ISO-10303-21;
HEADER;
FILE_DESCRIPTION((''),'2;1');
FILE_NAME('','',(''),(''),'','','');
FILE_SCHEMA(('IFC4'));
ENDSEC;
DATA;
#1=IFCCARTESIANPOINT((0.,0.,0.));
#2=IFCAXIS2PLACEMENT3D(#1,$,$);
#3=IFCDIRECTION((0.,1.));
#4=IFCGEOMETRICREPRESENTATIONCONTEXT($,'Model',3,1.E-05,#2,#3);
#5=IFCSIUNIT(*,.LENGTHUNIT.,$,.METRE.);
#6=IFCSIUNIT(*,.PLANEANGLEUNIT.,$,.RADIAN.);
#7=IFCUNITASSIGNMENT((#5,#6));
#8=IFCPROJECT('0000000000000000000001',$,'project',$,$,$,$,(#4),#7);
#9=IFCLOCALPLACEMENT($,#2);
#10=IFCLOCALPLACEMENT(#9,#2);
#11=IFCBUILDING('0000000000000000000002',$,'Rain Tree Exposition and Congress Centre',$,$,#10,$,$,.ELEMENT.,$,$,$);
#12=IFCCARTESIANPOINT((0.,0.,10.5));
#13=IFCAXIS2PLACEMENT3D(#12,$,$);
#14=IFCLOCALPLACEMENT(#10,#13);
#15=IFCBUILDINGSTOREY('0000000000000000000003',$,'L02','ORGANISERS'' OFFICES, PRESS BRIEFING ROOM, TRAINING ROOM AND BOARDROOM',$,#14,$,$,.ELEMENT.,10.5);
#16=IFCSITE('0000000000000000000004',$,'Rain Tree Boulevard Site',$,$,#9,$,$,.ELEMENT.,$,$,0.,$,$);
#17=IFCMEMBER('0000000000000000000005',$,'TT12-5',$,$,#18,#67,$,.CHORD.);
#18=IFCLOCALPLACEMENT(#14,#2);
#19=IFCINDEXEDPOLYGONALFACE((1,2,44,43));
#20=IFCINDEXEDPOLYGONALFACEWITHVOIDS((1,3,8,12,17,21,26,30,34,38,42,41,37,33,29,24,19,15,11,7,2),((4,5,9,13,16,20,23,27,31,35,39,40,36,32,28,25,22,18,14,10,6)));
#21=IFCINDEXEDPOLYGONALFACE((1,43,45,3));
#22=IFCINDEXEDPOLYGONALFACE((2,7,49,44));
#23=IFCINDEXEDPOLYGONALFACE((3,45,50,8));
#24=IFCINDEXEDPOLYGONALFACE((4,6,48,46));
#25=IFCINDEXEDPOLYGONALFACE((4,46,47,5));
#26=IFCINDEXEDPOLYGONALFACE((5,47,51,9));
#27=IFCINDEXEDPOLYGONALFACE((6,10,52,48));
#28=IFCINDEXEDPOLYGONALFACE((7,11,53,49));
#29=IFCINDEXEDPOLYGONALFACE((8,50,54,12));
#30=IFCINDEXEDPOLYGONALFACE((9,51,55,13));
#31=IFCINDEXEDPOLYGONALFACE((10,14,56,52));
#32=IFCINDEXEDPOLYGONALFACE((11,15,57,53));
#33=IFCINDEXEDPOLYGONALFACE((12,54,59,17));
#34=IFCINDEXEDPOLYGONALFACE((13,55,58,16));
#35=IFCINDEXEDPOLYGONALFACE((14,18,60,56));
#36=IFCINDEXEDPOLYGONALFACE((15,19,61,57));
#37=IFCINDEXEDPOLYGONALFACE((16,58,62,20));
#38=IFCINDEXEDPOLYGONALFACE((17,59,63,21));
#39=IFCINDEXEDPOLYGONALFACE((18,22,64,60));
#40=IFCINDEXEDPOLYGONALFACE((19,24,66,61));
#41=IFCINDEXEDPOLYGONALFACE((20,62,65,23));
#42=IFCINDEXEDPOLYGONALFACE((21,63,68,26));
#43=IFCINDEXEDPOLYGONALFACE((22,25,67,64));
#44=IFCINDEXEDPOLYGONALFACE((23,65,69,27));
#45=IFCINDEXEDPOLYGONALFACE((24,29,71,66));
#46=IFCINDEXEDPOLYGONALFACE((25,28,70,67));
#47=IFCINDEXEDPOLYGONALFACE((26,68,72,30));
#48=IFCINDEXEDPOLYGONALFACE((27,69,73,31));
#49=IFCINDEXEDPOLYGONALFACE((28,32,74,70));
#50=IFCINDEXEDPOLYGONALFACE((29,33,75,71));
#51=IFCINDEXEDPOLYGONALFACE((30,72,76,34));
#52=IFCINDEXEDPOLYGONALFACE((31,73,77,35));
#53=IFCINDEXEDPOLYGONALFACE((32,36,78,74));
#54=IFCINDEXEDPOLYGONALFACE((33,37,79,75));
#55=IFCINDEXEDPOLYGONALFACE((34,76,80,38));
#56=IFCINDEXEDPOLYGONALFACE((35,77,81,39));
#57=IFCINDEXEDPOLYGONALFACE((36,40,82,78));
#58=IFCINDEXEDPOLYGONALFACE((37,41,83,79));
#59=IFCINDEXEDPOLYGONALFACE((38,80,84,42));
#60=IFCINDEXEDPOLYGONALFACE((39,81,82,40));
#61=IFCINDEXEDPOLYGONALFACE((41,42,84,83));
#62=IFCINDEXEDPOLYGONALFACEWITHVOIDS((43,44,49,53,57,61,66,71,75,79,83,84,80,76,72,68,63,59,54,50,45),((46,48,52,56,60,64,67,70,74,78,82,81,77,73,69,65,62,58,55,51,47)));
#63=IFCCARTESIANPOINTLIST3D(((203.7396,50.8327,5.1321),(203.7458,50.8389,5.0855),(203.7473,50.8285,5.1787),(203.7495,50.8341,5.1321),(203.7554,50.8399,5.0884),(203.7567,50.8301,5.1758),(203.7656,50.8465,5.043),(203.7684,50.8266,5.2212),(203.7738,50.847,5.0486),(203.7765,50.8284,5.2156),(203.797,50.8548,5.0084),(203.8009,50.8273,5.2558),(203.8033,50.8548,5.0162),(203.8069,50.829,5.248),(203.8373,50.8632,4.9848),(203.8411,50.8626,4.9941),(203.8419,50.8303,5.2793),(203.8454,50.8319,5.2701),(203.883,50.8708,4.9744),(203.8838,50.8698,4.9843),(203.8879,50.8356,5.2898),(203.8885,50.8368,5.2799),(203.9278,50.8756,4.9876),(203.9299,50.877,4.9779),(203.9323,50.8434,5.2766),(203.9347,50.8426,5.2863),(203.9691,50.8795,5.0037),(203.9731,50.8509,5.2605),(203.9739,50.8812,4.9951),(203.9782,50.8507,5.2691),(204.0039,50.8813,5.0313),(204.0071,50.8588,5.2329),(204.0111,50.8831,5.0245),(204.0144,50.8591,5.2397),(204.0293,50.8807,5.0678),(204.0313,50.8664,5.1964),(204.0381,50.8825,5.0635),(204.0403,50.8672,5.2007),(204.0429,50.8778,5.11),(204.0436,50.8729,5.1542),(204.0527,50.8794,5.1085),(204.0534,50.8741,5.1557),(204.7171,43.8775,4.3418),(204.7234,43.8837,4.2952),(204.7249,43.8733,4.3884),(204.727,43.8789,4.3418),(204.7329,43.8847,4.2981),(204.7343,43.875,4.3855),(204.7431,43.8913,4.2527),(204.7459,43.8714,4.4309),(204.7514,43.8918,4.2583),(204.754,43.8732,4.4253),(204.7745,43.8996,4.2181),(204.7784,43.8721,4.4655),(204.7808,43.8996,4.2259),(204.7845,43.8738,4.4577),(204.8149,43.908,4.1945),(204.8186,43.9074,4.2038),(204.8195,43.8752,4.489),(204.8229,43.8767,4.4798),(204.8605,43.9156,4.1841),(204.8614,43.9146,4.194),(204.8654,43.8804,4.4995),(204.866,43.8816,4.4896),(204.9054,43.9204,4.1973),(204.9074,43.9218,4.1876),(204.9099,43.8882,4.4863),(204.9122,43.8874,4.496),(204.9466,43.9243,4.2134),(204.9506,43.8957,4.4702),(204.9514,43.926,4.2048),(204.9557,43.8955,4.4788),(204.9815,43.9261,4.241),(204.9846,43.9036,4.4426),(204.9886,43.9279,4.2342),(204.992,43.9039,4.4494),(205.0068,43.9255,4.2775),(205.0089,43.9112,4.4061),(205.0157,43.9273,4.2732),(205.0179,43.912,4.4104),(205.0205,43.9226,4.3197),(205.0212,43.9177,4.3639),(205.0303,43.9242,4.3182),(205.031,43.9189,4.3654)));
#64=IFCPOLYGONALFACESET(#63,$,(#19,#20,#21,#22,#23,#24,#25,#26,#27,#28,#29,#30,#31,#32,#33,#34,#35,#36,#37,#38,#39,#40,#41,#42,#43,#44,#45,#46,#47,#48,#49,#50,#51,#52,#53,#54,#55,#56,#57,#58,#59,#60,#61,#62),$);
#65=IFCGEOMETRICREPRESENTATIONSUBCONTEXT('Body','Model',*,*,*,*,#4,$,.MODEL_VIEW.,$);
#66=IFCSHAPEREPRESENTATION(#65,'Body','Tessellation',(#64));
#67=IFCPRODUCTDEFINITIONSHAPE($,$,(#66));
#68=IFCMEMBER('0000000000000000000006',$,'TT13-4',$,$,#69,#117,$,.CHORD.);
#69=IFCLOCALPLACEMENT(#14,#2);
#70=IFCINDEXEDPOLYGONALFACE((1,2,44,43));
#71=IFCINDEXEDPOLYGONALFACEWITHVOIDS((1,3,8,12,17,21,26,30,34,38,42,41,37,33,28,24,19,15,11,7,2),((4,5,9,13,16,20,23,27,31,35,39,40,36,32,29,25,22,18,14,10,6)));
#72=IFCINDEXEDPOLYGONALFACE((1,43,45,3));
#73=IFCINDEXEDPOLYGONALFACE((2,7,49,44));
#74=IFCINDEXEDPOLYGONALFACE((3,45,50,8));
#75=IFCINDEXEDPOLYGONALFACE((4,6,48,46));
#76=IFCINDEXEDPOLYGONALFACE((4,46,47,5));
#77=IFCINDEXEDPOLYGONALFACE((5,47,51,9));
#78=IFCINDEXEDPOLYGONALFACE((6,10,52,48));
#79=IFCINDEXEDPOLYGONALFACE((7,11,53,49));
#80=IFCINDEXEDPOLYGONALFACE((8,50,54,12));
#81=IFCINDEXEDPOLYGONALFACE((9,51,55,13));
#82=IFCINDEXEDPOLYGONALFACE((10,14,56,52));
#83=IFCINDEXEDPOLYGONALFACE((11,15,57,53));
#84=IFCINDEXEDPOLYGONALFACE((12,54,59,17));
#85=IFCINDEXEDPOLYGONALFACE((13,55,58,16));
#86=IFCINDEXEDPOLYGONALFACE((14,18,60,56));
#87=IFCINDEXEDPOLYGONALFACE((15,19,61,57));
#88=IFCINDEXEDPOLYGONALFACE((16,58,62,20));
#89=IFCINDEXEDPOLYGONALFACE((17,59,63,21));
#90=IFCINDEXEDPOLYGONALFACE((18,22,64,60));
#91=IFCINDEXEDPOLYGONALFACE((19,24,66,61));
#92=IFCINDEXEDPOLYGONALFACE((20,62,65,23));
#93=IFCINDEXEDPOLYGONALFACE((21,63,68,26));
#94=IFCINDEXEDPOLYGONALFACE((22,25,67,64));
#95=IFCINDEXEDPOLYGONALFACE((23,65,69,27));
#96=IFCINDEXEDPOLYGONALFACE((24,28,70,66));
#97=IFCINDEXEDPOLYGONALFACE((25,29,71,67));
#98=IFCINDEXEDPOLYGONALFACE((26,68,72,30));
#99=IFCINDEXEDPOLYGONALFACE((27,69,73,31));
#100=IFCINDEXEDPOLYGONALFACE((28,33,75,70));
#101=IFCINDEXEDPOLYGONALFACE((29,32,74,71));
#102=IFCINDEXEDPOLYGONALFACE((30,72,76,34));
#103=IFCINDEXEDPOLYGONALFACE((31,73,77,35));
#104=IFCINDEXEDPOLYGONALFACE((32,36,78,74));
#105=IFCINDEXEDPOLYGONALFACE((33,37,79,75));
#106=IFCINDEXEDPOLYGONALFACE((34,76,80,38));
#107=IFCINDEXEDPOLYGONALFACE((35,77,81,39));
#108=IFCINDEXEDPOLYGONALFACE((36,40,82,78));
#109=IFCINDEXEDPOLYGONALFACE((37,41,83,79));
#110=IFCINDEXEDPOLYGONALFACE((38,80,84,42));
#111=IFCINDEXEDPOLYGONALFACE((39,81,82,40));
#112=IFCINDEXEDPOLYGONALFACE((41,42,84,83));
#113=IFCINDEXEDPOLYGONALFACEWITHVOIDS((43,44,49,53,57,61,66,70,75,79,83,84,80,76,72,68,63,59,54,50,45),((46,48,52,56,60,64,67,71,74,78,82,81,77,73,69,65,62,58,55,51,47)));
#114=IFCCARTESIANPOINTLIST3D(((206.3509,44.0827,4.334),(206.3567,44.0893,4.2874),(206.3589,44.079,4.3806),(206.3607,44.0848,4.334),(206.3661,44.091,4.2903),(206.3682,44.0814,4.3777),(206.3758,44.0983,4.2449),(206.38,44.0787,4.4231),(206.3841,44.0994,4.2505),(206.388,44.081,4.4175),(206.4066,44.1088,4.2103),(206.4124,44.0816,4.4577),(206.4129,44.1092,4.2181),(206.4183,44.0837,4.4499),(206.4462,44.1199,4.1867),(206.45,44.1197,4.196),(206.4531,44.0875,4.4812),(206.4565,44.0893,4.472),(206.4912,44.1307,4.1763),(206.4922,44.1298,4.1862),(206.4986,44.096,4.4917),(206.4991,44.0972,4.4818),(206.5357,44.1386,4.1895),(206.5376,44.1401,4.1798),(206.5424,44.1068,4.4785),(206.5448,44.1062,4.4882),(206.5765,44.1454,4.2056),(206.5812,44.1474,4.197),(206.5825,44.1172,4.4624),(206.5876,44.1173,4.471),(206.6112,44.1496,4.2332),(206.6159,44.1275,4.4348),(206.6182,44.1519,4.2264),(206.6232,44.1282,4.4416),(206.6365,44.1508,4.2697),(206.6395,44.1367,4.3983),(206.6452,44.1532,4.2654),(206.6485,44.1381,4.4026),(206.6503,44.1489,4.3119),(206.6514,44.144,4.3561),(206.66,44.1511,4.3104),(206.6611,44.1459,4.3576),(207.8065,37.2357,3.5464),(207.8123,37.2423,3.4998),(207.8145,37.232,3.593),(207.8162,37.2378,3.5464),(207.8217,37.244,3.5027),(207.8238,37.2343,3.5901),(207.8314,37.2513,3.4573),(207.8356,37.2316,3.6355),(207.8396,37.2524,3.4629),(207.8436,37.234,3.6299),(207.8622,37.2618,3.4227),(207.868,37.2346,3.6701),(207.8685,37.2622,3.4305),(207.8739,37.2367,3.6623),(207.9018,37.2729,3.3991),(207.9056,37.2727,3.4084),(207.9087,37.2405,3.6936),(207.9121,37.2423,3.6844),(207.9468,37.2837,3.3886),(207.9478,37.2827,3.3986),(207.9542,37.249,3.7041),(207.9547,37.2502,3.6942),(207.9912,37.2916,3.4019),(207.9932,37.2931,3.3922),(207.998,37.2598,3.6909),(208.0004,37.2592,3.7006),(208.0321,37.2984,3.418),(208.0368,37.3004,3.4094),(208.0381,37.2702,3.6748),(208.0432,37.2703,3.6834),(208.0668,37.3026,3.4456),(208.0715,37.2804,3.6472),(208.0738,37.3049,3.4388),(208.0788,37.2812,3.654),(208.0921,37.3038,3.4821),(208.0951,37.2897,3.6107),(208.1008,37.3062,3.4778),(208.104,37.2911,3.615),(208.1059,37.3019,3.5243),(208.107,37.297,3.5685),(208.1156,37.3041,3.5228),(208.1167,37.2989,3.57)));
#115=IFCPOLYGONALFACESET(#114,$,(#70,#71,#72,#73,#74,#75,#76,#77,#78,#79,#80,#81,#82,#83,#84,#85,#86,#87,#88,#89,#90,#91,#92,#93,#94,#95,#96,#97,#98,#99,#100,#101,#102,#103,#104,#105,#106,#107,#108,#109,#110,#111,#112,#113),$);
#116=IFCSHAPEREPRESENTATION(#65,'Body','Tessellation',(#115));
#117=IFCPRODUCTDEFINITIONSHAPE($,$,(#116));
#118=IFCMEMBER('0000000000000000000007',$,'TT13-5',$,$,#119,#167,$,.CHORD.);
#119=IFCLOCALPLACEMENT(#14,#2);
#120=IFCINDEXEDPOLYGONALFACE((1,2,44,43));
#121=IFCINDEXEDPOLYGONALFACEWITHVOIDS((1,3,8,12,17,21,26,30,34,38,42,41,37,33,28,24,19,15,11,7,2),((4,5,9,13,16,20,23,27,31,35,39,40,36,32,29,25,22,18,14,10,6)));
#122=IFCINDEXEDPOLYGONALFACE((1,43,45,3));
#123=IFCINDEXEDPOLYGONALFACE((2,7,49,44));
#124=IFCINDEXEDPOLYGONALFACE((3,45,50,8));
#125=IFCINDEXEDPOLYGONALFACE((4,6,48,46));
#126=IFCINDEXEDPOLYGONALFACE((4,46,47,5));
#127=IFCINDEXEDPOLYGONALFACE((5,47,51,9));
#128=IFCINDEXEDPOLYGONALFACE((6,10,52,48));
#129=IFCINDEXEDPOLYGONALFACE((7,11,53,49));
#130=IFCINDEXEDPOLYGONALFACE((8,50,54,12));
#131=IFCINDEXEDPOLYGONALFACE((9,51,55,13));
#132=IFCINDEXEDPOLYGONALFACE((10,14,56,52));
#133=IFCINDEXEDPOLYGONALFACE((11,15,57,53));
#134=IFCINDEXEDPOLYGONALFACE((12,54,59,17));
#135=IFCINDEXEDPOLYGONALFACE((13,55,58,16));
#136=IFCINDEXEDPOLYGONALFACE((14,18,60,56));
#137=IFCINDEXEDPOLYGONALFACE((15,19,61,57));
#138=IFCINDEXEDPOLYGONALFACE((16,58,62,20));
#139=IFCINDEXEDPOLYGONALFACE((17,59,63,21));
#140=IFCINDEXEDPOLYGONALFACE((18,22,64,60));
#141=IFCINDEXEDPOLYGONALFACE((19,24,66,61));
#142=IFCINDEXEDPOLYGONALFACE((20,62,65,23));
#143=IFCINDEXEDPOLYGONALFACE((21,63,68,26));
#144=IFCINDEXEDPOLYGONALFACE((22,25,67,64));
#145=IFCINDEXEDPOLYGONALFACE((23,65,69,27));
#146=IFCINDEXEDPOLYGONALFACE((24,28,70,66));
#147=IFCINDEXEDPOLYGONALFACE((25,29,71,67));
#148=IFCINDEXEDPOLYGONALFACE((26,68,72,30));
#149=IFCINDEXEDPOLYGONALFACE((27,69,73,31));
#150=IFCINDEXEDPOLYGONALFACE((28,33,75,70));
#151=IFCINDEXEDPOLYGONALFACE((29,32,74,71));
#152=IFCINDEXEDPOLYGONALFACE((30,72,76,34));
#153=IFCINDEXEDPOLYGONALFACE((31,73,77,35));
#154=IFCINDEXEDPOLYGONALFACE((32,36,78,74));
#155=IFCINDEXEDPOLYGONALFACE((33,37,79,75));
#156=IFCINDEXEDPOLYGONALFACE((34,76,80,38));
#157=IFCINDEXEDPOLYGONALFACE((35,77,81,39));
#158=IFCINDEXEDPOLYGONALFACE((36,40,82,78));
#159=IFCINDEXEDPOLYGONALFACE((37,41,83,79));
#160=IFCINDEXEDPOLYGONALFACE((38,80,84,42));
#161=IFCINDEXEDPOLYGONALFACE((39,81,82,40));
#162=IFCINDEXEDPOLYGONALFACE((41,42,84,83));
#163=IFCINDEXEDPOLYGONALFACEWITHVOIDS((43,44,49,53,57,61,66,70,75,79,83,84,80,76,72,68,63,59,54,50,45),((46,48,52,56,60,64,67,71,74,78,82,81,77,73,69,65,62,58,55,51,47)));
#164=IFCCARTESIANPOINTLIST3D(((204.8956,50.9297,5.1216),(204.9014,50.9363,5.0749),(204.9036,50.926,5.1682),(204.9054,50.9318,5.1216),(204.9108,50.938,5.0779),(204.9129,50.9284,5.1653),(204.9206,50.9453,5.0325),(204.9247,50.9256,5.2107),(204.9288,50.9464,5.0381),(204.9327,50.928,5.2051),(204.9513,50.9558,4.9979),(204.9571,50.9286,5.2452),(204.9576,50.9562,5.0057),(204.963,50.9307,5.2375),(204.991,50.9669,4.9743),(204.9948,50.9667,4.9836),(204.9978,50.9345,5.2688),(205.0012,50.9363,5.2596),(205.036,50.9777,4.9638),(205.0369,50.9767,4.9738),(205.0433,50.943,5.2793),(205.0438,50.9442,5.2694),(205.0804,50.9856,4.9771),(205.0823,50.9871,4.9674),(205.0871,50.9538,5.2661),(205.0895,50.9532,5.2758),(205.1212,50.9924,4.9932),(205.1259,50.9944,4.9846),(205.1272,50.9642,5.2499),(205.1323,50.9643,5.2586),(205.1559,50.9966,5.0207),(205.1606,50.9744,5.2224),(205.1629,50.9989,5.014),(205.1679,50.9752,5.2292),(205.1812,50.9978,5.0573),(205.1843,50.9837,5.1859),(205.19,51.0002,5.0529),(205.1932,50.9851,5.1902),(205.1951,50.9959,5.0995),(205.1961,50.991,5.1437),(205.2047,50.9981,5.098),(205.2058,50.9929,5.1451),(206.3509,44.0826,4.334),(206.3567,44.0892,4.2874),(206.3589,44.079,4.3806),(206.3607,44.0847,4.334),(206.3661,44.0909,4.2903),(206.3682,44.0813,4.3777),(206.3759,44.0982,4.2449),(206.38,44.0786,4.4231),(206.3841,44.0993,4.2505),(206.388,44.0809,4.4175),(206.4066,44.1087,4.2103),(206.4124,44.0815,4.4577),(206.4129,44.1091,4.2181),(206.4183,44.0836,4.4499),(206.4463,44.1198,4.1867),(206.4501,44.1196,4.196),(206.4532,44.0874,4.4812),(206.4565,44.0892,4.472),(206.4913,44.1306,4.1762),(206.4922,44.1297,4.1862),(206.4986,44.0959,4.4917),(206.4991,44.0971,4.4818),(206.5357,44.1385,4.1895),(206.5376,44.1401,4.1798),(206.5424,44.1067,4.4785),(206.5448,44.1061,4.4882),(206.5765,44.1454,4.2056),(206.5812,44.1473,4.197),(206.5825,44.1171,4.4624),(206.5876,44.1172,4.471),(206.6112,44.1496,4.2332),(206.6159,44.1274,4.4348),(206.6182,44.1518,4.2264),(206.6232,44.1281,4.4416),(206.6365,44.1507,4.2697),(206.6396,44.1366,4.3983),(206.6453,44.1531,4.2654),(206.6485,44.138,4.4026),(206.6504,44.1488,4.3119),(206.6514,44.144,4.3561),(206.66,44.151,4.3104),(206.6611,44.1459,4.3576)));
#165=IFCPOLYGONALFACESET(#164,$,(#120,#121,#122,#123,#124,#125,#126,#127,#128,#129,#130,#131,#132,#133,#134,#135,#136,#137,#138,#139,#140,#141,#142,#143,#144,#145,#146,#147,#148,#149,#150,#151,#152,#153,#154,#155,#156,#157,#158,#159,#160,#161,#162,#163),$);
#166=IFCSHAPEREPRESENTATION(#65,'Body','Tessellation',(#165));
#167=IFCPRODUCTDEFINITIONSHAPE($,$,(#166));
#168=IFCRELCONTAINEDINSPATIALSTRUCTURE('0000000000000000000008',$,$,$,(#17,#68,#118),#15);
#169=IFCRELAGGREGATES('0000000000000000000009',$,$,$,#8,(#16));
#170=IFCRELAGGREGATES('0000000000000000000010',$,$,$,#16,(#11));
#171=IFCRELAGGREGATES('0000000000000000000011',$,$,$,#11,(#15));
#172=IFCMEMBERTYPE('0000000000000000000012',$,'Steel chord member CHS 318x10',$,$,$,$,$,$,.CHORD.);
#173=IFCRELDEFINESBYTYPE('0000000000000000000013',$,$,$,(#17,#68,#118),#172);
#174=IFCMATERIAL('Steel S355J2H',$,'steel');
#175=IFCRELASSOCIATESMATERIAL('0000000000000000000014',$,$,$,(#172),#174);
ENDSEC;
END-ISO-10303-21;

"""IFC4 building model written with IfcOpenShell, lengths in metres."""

from ifc_helpers import new_model, si_unit, direction, frame, origin, origin_2d, place, context, subcontext, project, spatial, hollow_circle, extrude, material, material_profile, profile_set, type_object, element, save


model = new_model("IFC4")

# Units and contexts
model_context = context("Model", 3, precision=1e-05, world=origin(), true_north=direction((0.0, 1.0)))
body_context = subcontext(model_context, "Body", "Model", "MODEL_VIEW")
ifc_project = project(units=[si_unit("LENGTHUNIT", "METRE"), si_unit("PLANEANGLEUNIT", "RADIAN")], contexts=[model_context])

# Site, building, storey
site_placement = place(None, origin())
site = spatial("IfcSite", under=ifc_project, at=site_placement, Name="Rain Tree Boulevard Site", CompositionType="ELEMENT", RefElevation=0.0)
building_placement = place(site_placement, origin())
building = spatial("IfcBuilding", under=site, at=building_placement, Name="Rain Tree Exposition and Congress Centre", CompositionType="ELEMENT")
storey_placement = place(building_placement, frame((0.0, 0.0, 10.5)))
storey = spatial("IfcBuildingStorey", under=building, at=storey_placement, Name="L02", Description="ORGANISERS' OFFICES, PRESS BRIEFING ROOM, TRAINING ROOM AND BOARDROOM", CompositionType="ELEMENT", Elevation=10.5)

# Members
ifc_material_1 = material(Name="Steel S355J2H", Category="steel")
ifc_material_profile_1 = material_profile(ifc_material_1, hollow_circle(Radius=0.1592, WallThickness=0.01, at=origin_2d()), Name="CHS 318x10")
ifc_profile_set_1 = profile_set([ifc_material_profile_1], Name="Steel S355J2H")
member_type_1 = type_object("IfcMemberType", Name="Steel chord member CHS 318x10", PredefinedType="CHORD", material=ifc_profile_set_1)
for number, where, z_axis, x_axis, name in (
    (1, (204.8748, 43.8997, 4.3418), (-0.13831, 0.984057, 0.111815), (-0.990267, -0.139182, 0.0), "TT12-5"),
):
    element("IfcMember", number, at=place(storey_placement, frame(where, z_axis=z_axis, x_axis=x_axis)), inside=storey, type_object=member_type_1, Name=name, PredefinedType="CHORD", context=body_context, shape_type="SweptSolid", body=[
        extrude(hollow_circle(Radius=0.1592, WallThickness=0.01, at=origin_2d()), origin(), (0.0, 0.0, 1.0), 7.0679),
    ])
for number, where, z_axis, x_axis, name in (
    (2, (207.9622, 37.2688, 3.5464), (-0.206636, 0.972008, 0.11181), (-0.978142, -0.20794, 0.0), "TT13-4"),
    (3, (206.5066, 44.1157, 4.334), (-0.206596, 0.972017, 0.111807), (-0.97815, -0.2079, 0.0), "TT13-5"),
):
    element("IfcMember", number, at=place(storey_placement, frame(where, z_axis=z_axis, x_axis=x_axis)), inside=storey, type_object=member_type_1, Name=name, PredefinedType="CHORD", context=body_context, shape_type="SweptSolid", body=[
        extrude(hollow_circle(Radius=0.1592, WallThickness=0.01, at=origin_2d()), origin(), (0.0, 0.0, 1.0), 7.0442),
    ])

save(model, "model.ifc")
